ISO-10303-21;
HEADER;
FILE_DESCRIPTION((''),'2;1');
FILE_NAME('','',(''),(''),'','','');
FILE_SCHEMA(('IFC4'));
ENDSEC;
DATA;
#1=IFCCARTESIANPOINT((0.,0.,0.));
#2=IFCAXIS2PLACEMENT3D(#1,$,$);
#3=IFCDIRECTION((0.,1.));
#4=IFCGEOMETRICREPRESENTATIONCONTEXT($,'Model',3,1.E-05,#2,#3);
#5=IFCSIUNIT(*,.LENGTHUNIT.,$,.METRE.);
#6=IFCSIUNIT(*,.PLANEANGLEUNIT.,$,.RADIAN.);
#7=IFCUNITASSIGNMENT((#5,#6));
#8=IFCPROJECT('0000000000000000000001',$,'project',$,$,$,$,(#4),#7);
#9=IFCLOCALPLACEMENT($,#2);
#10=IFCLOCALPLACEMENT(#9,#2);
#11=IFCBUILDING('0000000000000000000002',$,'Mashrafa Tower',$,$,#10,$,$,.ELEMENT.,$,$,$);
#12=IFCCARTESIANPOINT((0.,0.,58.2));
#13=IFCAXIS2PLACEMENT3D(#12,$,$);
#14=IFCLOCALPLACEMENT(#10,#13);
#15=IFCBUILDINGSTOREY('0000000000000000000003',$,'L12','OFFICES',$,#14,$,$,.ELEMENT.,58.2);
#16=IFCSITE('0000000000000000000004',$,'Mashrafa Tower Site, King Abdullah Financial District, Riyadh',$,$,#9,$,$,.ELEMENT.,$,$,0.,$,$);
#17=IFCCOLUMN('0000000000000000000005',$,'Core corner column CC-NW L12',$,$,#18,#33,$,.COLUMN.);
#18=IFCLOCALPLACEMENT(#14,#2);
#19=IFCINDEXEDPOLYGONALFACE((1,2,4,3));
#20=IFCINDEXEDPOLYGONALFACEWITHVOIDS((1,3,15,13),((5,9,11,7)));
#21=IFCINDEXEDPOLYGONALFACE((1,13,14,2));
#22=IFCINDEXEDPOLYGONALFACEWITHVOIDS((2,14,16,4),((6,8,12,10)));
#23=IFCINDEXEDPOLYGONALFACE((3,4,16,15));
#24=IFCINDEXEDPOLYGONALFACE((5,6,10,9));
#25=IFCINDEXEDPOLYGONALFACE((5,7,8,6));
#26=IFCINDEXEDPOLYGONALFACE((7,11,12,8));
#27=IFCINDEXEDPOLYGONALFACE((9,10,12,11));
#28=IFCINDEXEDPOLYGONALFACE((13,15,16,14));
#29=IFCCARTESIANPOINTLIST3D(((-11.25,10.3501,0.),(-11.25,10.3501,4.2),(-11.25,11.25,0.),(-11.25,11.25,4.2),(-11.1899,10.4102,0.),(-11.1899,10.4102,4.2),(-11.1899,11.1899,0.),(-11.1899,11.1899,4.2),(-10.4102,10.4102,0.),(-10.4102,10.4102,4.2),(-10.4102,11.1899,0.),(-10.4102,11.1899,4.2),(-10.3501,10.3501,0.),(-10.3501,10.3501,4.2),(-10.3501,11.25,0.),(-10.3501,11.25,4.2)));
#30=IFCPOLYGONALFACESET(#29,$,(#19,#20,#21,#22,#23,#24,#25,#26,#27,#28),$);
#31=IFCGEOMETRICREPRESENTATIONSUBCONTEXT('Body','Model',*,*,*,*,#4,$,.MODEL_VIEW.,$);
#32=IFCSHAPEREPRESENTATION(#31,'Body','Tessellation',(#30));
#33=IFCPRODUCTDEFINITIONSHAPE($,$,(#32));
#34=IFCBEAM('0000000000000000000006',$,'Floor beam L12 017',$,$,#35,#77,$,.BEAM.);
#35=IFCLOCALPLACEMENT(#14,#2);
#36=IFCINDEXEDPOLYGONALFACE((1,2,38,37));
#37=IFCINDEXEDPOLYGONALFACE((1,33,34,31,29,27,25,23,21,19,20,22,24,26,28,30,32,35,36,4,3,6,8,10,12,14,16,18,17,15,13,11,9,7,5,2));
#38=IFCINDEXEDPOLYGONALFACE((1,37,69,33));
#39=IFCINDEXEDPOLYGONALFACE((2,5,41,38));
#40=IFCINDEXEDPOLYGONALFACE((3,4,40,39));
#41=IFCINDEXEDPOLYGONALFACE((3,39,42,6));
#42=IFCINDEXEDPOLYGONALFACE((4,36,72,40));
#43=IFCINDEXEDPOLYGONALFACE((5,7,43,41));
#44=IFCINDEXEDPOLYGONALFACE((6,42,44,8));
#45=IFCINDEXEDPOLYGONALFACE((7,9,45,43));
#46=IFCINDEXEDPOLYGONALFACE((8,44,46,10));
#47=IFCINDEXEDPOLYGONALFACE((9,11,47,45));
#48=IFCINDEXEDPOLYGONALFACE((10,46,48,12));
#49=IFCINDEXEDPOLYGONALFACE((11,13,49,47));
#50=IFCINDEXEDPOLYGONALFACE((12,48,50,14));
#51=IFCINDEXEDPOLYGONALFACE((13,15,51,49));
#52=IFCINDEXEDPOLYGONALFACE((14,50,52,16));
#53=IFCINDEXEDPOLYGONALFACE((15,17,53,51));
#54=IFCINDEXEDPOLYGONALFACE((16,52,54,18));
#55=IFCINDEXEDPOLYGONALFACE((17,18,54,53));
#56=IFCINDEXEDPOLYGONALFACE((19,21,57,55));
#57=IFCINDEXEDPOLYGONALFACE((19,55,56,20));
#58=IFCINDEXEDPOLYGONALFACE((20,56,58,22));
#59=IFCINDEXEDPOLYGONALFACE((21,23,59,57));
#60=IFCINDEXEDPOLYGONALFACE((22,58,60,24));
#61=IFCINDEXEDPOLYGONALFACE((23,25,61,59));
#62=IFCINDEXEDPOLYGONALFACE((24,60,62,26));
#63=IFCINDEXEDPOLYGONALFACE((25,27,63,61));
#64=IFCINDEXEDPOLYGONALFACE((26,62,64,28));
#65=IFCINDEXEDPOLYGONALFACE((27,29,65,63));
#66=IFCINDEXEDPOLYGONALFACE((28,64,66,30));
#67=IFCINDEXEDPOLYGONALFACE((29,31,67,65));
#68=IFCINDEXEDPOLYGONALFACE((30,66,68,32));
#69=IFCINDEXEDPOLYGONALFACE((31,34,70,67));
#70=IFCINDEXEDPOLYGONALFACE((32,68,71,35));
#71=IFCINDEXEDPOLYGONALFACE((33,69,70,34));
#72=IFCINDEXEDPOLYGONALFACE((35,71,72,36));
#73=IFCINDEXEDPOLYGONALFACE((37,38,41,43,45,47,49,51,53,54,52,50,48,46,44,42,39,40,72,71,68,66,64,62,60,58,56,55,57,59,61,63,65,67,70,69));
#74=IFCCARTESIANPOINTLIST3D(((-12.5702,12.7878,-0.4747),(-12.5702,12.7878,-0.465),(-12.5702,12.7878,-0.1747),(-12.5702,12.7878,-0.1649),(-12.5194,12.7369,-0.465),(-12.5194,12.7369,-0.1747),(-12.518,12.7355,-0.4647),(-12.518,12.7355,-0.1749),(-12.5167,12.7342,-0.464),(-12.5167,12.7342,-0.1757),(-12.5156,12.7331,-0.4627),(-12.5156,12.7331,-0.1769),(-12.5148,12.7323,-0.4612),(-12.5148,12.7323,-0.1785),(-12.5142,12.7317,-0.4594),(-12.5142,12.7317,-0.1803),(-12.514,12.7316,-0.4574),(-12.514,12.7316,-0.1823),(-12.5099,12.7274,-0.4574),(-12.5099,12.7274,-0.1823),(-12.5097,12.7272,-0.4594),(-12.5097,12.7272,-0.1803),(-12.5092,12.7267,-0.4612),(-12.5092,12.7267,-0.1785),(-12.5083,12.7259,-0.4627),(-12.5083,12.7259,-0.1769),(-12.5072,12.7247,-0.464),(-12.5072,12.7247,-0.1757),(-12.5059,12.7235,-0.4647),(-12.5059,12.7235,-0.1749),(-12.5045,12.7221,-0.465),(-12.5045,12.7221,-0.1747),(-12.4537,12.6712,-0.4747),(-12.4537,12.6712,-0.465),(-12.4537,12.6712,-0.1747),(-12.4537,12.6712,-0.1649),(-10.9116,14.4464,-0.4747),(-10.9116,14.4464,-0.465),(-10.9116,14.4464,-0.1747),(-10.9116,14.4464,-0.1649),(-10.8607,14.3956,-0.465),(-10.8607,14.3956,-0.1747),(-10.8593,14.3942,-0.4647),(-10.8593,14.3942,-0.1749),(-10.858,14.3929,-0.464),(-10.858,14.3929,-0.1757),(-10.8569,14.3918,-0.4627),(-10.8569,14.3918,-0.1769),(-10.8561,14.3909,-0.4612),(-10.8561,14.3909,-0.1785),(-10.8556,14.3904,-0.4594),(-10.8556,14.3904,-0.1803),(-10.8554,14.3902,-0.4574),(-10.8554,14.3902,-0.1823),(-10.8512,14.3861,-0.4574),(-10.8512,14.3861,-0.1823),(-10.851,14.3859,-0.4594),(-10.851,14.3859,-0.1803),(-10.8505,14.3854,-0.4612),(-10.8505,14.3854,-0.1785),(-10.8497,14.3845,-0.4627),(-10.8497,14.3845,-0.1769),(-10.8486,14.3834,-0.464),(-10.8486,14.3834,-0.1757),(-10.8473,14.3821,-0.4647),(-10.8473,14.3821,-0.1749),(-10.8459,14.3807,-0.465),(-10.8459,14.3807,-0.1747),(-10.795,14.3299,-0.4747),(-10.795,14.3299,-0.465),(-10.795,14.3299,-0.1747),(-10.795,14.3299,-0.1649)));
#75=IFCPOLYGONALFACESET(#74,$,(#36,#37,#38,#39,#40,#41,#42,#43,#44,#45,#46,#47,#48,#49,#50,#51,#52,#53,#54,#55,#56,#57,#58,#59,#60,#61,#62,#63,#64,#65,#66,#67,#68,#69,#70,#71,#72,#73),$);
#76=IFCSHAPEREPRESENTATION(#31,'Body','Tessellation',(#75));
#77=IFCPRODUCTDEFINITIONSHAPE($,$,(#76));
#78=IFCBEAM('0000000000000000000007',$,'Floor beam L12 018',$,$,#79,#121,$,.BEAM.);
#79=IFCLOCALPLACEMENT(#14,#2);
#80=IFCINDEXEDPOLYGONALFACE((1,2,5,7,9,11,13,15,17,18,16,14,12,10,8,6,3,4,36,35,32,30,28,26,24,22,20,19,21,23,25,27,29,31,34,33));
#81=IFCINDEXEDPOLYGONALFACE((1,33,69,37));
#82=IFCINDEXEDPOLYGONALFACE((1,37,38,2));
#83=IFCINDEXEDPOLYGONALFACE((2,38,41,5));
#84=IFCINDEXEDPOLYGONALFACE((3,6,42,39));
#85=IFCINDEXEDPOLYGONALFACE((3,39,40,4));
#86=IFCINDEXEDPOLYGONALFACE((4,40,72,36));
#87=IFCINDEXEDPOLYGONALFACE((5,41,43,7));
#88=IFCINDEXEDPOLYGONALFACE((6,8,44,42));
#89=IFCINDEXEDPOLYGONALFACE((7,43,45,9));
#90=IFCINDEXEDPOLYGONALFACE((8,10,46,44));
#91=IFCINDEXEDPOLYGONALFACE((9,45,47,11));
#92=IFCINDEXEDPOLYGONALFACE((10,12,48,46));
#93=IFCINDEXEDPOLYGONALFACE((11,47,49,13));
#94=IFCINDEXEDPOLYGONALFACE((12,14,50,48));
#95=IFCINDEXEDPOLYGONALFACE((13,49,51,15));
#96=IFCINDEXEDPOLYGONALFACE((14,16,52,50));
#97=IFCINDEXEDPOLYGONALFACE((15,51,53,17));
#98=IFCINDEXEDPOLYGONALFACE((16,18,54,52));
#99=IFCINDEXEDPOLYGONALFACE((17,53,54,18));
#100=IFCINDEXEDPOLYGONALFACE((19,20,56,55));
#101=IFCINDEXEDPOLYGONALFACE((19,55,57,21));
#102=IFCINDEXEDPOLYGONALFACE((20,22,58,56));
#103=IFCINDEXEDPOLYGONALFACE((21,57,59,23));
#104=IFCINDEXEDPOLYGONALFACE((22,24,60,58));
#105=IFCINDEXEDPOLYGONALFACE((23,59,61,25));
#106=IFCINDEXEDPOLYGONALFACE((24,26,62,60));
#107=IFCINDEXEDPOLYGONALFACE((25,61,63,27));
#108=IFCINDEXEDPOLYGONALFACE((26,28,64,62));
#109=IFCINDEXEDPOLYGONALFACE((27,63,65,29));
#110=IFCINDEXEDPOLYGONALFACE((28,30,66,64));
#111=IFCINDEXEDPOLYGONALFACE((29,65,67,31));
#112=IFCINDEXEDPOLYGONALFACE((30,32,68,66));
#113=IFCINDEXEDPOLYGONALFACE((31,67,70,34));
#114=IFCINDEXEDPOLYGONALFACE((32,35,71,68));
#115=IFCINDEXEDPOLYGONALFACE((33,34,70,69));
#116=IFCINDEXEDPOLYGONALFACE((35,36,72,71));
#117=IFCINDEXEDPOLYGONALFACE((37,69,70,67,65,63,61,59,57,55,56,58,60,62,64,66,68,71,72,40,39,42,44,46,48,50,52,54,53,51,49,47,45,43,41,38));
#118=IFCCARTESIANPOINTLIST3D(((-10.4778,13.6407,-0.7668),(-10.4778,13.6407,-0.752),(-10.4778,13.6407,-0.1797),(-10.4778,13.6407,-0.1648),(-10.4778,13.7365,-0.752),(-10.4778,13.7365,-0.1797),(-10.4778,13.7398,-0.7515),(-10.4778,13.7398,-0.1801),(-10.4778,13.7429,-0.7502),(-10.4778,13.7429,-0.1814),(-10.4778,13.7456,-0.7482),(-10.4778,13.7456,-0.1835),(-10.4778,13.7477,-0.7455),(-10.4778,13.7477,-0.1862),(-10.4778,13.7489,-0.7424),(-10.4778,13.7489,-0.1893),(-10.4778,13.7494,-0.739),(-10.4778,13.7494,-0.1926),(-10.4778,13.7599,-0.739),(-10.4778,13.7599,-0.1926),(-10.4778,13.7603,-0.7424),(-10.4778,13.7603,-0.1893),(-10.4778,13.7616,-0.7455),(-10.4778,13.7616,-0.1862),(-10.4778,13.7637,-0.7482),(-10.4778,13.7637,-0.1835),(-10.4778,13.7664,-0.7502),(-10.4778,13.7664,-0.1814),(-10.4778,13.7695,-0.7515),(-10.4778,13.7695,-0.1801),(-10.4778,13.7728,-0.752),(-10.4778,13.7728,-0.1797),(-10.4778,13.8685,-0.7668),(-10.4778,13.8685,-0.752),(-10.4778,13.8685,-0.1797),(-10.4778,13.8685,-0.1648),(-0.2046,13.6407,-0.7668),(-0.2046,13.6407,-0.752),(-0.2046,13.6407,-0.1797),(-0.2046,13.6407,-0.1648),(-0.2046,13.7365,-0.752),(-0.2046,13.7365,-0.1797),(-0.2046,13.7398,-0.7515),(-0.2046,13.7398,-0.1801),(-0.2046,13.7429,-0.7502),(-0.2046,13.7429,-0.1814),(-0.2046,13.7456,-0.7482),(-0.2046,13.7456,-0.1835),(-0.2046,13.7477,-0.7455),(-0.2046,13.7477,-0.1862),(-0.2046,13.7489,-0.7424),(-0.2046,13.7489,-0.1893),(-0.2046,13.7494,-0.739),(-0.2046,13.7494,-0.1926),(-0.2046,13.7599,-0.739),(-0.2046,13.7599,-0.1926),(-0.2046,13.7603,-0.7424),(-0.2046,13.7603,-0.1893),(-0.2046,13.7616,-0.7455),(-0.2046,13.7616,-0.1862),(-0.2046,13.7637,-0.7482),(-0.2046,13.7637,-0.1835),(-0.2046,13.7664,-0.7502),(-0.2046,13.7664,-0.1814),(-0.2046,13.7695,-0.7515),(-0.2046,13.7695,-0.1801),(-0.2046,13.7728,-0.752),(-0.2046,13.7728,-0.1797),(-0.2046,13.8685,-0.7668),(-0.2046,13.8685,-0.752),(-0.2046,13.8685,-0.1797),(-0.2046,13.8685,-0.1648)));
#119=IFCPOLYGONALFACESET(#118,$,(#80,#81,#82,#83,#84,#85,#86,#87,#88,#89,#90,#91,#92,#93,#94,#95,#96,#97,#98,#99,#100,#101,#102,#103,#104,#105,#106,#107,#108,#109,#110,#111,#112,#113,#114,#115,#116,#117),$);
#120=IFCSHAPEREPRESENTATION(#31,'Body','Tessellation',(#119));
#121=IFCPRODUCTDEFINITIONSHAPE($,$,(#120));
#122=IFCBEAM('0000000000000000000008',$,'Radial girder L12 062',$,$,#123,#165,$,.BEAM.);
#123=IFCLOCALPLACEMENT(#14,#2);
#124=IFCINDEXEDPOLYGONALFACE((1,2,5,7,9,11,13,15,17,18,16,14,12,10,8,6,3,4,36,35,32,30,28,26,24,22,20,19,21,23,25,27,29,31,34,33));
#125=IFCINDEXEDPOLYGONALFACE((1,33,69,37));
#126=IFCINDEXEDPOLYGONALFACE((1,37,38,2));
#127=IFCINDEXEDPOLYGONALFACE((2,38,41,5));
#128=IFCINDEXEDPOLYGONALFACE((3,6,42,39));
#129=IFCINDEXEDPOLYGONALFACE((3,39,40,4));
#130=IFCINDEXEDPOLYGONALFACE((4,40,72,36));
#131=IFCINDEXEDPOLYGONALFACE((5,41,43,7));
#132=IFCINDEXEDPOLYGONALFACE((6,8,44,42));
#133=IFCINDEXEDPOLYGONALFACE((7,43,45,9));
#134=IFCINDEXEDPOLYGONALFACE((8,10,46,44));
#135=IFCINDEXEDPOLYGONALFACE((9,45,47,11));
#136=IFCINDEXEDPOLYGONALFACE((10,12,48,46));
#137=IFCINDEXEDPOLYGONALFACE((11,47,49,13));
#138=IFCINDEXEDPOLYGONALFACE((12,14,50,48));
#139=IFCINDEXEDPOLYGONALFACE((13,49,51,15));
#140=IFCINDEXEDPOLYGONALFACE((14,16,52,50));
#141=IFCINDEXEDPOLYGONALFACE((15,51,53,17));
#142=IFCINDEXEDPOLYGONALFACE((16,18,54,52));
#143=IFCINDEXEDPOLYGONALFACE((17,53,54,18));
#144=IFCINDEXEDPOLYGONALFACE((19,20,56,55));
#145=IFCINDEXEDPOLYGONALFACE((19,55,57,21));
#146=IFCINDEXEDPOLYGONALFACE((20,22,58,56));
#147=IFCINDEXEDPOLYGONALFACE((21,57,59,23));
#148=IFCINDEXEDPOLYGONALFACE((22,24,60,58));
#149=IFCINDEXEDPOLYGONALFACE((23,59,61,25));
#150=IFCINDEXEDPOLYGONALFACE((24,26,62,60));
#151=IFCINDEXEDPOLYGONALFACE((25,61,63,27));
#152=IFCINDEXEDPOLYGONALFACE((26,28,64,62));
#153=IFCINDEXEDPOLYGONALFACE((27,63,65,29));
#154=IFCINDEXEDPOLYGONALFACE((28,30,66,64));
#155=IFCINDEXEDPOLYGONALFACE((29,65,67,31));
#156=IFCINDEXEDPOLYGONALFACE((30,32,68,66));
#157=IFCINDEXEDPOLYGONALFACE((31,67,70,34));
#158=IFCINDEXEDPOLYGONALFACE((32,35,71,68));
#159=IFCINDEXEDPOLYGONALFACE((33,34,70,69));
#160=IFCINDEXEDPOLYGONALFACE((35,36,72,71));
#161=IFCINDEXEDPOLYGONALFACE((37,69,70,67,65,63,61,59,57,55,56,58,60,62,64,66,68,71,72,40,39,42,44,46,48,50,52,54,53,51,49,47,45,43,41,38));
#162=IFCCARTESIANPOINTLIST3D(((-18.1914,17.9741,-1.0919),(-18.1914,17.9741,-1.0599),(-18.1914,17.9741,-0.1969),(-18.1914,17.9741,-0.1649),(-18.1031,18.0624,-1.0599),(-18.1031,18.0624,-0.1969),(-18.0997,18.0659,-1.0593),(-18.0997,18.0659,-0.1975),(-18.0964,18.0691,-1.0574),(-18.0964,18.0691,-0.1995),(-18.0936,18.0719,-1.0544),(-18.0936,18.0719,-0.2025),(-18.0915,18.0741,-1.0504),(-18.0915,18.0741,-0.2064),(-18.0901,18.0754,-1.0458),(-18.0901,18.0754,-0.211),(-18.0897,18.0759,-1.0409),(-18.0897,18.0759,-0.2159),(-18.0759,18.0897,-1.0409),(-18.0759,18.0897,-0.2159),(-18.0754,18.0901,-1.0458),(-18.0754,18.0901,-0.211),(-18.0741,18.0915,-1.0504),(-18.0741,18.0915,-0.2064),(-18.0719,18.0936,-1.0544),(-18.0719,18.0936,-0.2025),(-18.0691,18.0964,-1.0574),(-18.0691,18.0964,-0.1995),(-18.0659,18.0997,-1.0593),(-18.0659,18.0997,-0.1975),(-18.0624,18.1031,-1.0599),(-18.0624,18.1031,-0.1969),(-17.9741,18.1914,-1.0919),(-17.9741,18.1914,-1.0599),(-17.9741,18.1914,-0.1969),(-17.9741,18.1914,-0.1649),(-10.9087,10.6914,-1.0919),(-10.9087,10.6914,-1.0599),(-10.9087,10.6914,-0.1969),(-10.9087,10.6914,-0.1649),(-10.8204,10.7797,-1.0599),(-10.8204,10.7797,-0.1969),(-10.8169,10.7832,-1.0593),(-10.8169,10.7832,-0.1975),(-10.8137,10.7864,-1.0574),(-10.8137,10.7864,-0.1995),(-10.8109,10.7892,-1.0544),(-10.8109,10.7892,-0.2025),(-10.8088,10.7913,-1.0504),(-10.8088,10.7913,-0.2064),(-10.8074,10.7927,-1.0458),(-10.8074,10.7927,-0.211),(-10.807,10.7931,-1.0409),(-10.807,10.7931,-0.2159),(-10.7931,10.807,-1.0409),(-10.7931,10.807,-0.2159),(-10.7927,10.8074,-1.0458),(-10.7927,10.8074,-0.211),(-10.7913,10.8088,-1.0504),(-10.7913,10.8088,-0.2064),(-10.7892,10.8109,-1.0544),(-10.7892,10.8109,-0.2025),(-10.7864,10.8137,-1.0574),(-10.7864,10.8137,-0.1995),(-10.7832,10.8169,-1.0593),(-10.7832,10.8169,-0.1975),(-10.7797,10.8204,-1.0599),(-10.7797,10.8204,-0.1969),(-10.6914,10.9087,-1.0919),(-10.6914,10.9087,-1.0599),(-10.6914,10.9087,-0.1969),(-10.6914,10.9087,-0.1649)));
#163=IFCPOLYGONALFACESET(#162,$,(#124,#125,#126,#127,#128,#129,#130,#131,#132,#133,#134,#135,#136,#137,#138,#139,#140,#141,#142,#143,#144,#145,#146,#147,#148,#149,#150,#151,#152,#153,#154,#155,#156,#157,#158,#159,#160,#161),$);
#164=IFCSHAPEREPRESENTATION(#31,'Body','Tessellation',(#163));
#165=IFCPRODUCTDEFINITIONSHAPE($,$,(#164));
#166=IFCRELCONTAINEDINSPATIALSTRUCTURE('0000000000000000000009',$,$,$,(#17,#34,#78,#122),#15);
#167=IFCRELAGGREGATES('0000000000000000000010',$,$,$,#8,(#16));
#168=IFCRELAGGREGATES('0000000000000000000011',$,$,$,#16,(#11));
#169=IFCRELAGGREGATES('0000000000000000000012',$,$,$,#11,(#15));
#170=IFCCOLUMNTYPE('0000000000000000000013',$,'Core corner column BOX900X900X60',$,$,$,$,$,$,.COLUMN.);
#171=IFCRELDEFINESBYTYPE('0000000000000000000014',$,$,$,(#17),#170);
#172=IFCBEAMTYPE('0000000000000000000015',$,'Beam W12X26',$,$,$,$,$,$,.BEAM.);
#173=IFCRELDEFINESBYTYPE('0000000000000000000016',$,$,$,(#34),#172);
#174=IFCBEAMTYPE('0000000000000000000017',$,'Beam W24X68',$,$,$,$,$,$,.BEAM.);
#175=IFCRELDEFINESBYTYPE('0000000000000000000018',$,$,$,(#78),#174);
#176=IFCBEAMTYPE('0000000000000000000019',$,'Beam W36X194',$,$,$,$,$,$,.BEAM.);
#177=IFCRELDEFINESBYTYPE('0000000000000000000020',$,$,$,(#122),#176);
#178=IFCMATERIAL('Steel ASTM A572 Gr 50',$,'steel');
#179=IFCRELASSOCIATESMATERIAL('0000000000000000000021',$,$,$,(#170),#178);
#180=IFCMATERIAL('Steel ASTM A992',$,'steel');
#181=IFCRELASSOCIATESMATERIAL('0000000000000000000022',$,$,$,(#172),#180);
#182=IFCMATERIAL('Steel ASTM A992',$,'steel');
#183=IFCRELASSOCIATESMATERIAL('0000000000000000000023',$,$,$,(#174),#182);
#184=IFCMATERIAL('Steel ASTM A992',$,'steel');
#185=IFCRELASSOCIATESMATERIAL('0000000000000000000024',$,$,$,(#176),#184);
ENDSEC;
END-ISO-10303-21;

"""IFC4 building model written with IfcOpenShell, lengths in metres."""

from ifc_helpers import new_model, si_unit, direction, frame, origin, origin_2d, place, context, subcontext, project, spatial, hollow_rectangle, i_section, extrude, material, material_profile, profile_set, type_object, element, save


model = new_model("IFC4")

# Units and contexts
model_context = context("Model", 3, precision=1e-05, world=origin(), true_north=direction((0.0, 1.0)))
body_context = subcontext(model_context, "Body", "Model", "MODEL_VIEW")
ifc_project = project(units=[si_unit("LENGTHUNIT", "METRE"), si_unit("PLANEANGLEUNIT", "RADIAN")], contexts=[model_context])

# Site, building, storey
site_placement = place(None, origin())
site = spatial("IfcSite", under=ifc_project, at=site_placement, Name="Mashrafa Tower Site, King Abdullah Financial District, Riyadh", CompositionType="ELEMENT", RefElevation=0.0)
building_placement = place(site_placement, origin())
building = spatial("IfcBuilding", under=site, at=building_placement, Name="Mashrafa Tower", CompositionType="ELEMENT")
storey_placement = place(building_placement, frame((0.0, 0.0, 58.2)))
storey = spatial("IfcBuildingStorey", under=building, at=storey_placement, Name="L12", Description="OFFICES", CompositionType="ELEMENT", Elevation=58.2)

# Column
ifc_material_1 = material(Name="Steel ASTM A572 Gr 50", Category="steel")
ifc_material_profile_1 = material_profile(ifc_material_1, hollow_rectangle(XDim=0.8999, YDim=0.8999, WallThickness=0.0601, at=origin_2d()), Name="BOX900X900X60")
ifc_profile_set_1 = profile_set([ifc_material_profile_1], Name="Steel ASTM A572 Gr 50")
column_type = type_object("IfcColumnType", Name="Core corner column BOX900X900X60", PredefinedType="COLUMN", material=ifc_profile_set_1)
column_placement = place(storey_placement, frame((-10.8, 10.8, 0.0), z_axis=(0.0, 0.0, 1.0), x_axis=(1.0, 0.0, 0.0)))
element("IfcColumn", 1, at=column_placement, inside=storey, type_object=column_type, Name="Core corner column CC-NW L12", PredefinedType="COLUMN", context=body_context, shape_type="SweptSolid", body=[
    extrude(hollow_rectangle(XDim=0.8999, YDim=0.8999, WallThickness=0.0601, at=origin_2d()), origin(), (0.0, 0.0, 1.0), 4.2),
])

# Beams
ifc_material_2 = material(Name="Steel ASTM A992", Category="steel")
ifc_material_profile_2 = material_profile(ifc_material_2, i_section(OverallWidth=0.1648, OverallDepth=0.3098, WebThickness=0.0059, FlangeThickness=0.0098, FilletRadius=0.0076, at=origin_2d()), Name="W12X26")
ifc_profile_set_2 = profile_set([ifc_material_profile_2], Name="Steel ASTM A992")
beam_type_1 = type_object("IfcBeamType", Name="Beam W12X26", PredefinedType="BEAM", material=ifc_profile_set_2)
beam_1_placement = place(storey_placement, frame((-12.512, 12.7295, -0.3198), z_axis=(0.707107, 0.707107, 0.0), x_axis=(-0.707107, 0.707107, 0.0)))
element("IfcBeam", 2, at=beam_1_placement, inside=storey, type_object=beam_type_1, Name="Floor beam L12 017", PredefinedType="BEAM", context=body_context, shape_type="SweptSolid", body=[
    extrude(i_section(OverallWidth=0.1648, OverallDepth=0.3098, WebThickness=0.0059, FlangeThickness=0.0098, FilletRadius=0.0076, at=origin_2d()), origin(), (0.0, 0.0, 1.0), 2.3457),
])
ifc_material_3 = material(Name="Steel ASTM A992", Category="steel")
ifc_material_profile_3 = material_profile(ifc_material_3, i_section(OverallWidth=0.2278, OverallDepth=0.6021, WebThickness=0.0105, FlangeThickness=0.0149, FilletRadius=0.0129, at=origin_2d()), Name="W24X68")
ifc_profile_set_3 = profile_set([ifc_material_profile_3], Name="Steel ASTM A992")
beam_type_2 = type_object("IfcBeamType", Name="Beam W24X68", PredefinedType="BEAM", material=ifc_profile_set_3)
beam_2_placement = place(storey_placement, frame((-10.4778, 13.7546, -0.4658), z_axis=(1.0, 0.0, 0.0), x_axis=(0.0, 1.0, 0.0)))
element("IfcBeam", 3, at=beam_2_placement, inside=storey, type_object=beam_type_2, Name="Floor beam L12 018", PredefinedType="BEAM", context=body_context, shape_type="SweptSolid", body=[
    extrude(i_section(OverallWidth=0.2278, OverallDepth=0.6021, WebThickness=0.0105, FlangeThickness=0.0149, FilletRadius=0.0129, at=origin_2d()), origin(), (0.0, 0.0, 1.0), 10.2732),
])
ifc_material_4 = material(Name="Steel ASTM A992", Category="steel")
ifc_material_profile_4 = material_profile(ifc_material_4, i_section(OverallWidth=0.3074, OverallDepth=0.927, WebThickness=0.0195, FlangeThickness=0.032, FilletRadius=0.019, at=origin_2d()), Name="W36X194")
ifc_profile_set_4 = profile_set([ifc_material_profile_4], Name="Steel ASTM A992")
beam_type_3 = type_object("IfcBeamType", Name="Beam W36X194", PredefinedType="BEAM", material=ifc_profile_set_4)
beam_3_placement = place(storey_placement, frame((-10.8, 10.8, -0.6284), z_axis=(-0.707107, 0.707107, 0.0), x_axis=(-0.707107, -0.707107, 0.0)))
element("IfcBeam", 4, at=beam_3_placement, inside=storey, type_object=beam_type_3, Name="Radial girder L12 062", PredefinedType="BEAM", context=body_context, shape_type="SweptSolid", body=[
    extrude(i_section(OverallWidth=0.3074, OverallDepth=0.927, WebThickness=0.0195, FlangeThickness=0.032, FilletRadius=0.019, at=origin_2d()), origin(), (0.0, 0.0, 1.0), 10.2993),
])

save(model, "model.ifc")
